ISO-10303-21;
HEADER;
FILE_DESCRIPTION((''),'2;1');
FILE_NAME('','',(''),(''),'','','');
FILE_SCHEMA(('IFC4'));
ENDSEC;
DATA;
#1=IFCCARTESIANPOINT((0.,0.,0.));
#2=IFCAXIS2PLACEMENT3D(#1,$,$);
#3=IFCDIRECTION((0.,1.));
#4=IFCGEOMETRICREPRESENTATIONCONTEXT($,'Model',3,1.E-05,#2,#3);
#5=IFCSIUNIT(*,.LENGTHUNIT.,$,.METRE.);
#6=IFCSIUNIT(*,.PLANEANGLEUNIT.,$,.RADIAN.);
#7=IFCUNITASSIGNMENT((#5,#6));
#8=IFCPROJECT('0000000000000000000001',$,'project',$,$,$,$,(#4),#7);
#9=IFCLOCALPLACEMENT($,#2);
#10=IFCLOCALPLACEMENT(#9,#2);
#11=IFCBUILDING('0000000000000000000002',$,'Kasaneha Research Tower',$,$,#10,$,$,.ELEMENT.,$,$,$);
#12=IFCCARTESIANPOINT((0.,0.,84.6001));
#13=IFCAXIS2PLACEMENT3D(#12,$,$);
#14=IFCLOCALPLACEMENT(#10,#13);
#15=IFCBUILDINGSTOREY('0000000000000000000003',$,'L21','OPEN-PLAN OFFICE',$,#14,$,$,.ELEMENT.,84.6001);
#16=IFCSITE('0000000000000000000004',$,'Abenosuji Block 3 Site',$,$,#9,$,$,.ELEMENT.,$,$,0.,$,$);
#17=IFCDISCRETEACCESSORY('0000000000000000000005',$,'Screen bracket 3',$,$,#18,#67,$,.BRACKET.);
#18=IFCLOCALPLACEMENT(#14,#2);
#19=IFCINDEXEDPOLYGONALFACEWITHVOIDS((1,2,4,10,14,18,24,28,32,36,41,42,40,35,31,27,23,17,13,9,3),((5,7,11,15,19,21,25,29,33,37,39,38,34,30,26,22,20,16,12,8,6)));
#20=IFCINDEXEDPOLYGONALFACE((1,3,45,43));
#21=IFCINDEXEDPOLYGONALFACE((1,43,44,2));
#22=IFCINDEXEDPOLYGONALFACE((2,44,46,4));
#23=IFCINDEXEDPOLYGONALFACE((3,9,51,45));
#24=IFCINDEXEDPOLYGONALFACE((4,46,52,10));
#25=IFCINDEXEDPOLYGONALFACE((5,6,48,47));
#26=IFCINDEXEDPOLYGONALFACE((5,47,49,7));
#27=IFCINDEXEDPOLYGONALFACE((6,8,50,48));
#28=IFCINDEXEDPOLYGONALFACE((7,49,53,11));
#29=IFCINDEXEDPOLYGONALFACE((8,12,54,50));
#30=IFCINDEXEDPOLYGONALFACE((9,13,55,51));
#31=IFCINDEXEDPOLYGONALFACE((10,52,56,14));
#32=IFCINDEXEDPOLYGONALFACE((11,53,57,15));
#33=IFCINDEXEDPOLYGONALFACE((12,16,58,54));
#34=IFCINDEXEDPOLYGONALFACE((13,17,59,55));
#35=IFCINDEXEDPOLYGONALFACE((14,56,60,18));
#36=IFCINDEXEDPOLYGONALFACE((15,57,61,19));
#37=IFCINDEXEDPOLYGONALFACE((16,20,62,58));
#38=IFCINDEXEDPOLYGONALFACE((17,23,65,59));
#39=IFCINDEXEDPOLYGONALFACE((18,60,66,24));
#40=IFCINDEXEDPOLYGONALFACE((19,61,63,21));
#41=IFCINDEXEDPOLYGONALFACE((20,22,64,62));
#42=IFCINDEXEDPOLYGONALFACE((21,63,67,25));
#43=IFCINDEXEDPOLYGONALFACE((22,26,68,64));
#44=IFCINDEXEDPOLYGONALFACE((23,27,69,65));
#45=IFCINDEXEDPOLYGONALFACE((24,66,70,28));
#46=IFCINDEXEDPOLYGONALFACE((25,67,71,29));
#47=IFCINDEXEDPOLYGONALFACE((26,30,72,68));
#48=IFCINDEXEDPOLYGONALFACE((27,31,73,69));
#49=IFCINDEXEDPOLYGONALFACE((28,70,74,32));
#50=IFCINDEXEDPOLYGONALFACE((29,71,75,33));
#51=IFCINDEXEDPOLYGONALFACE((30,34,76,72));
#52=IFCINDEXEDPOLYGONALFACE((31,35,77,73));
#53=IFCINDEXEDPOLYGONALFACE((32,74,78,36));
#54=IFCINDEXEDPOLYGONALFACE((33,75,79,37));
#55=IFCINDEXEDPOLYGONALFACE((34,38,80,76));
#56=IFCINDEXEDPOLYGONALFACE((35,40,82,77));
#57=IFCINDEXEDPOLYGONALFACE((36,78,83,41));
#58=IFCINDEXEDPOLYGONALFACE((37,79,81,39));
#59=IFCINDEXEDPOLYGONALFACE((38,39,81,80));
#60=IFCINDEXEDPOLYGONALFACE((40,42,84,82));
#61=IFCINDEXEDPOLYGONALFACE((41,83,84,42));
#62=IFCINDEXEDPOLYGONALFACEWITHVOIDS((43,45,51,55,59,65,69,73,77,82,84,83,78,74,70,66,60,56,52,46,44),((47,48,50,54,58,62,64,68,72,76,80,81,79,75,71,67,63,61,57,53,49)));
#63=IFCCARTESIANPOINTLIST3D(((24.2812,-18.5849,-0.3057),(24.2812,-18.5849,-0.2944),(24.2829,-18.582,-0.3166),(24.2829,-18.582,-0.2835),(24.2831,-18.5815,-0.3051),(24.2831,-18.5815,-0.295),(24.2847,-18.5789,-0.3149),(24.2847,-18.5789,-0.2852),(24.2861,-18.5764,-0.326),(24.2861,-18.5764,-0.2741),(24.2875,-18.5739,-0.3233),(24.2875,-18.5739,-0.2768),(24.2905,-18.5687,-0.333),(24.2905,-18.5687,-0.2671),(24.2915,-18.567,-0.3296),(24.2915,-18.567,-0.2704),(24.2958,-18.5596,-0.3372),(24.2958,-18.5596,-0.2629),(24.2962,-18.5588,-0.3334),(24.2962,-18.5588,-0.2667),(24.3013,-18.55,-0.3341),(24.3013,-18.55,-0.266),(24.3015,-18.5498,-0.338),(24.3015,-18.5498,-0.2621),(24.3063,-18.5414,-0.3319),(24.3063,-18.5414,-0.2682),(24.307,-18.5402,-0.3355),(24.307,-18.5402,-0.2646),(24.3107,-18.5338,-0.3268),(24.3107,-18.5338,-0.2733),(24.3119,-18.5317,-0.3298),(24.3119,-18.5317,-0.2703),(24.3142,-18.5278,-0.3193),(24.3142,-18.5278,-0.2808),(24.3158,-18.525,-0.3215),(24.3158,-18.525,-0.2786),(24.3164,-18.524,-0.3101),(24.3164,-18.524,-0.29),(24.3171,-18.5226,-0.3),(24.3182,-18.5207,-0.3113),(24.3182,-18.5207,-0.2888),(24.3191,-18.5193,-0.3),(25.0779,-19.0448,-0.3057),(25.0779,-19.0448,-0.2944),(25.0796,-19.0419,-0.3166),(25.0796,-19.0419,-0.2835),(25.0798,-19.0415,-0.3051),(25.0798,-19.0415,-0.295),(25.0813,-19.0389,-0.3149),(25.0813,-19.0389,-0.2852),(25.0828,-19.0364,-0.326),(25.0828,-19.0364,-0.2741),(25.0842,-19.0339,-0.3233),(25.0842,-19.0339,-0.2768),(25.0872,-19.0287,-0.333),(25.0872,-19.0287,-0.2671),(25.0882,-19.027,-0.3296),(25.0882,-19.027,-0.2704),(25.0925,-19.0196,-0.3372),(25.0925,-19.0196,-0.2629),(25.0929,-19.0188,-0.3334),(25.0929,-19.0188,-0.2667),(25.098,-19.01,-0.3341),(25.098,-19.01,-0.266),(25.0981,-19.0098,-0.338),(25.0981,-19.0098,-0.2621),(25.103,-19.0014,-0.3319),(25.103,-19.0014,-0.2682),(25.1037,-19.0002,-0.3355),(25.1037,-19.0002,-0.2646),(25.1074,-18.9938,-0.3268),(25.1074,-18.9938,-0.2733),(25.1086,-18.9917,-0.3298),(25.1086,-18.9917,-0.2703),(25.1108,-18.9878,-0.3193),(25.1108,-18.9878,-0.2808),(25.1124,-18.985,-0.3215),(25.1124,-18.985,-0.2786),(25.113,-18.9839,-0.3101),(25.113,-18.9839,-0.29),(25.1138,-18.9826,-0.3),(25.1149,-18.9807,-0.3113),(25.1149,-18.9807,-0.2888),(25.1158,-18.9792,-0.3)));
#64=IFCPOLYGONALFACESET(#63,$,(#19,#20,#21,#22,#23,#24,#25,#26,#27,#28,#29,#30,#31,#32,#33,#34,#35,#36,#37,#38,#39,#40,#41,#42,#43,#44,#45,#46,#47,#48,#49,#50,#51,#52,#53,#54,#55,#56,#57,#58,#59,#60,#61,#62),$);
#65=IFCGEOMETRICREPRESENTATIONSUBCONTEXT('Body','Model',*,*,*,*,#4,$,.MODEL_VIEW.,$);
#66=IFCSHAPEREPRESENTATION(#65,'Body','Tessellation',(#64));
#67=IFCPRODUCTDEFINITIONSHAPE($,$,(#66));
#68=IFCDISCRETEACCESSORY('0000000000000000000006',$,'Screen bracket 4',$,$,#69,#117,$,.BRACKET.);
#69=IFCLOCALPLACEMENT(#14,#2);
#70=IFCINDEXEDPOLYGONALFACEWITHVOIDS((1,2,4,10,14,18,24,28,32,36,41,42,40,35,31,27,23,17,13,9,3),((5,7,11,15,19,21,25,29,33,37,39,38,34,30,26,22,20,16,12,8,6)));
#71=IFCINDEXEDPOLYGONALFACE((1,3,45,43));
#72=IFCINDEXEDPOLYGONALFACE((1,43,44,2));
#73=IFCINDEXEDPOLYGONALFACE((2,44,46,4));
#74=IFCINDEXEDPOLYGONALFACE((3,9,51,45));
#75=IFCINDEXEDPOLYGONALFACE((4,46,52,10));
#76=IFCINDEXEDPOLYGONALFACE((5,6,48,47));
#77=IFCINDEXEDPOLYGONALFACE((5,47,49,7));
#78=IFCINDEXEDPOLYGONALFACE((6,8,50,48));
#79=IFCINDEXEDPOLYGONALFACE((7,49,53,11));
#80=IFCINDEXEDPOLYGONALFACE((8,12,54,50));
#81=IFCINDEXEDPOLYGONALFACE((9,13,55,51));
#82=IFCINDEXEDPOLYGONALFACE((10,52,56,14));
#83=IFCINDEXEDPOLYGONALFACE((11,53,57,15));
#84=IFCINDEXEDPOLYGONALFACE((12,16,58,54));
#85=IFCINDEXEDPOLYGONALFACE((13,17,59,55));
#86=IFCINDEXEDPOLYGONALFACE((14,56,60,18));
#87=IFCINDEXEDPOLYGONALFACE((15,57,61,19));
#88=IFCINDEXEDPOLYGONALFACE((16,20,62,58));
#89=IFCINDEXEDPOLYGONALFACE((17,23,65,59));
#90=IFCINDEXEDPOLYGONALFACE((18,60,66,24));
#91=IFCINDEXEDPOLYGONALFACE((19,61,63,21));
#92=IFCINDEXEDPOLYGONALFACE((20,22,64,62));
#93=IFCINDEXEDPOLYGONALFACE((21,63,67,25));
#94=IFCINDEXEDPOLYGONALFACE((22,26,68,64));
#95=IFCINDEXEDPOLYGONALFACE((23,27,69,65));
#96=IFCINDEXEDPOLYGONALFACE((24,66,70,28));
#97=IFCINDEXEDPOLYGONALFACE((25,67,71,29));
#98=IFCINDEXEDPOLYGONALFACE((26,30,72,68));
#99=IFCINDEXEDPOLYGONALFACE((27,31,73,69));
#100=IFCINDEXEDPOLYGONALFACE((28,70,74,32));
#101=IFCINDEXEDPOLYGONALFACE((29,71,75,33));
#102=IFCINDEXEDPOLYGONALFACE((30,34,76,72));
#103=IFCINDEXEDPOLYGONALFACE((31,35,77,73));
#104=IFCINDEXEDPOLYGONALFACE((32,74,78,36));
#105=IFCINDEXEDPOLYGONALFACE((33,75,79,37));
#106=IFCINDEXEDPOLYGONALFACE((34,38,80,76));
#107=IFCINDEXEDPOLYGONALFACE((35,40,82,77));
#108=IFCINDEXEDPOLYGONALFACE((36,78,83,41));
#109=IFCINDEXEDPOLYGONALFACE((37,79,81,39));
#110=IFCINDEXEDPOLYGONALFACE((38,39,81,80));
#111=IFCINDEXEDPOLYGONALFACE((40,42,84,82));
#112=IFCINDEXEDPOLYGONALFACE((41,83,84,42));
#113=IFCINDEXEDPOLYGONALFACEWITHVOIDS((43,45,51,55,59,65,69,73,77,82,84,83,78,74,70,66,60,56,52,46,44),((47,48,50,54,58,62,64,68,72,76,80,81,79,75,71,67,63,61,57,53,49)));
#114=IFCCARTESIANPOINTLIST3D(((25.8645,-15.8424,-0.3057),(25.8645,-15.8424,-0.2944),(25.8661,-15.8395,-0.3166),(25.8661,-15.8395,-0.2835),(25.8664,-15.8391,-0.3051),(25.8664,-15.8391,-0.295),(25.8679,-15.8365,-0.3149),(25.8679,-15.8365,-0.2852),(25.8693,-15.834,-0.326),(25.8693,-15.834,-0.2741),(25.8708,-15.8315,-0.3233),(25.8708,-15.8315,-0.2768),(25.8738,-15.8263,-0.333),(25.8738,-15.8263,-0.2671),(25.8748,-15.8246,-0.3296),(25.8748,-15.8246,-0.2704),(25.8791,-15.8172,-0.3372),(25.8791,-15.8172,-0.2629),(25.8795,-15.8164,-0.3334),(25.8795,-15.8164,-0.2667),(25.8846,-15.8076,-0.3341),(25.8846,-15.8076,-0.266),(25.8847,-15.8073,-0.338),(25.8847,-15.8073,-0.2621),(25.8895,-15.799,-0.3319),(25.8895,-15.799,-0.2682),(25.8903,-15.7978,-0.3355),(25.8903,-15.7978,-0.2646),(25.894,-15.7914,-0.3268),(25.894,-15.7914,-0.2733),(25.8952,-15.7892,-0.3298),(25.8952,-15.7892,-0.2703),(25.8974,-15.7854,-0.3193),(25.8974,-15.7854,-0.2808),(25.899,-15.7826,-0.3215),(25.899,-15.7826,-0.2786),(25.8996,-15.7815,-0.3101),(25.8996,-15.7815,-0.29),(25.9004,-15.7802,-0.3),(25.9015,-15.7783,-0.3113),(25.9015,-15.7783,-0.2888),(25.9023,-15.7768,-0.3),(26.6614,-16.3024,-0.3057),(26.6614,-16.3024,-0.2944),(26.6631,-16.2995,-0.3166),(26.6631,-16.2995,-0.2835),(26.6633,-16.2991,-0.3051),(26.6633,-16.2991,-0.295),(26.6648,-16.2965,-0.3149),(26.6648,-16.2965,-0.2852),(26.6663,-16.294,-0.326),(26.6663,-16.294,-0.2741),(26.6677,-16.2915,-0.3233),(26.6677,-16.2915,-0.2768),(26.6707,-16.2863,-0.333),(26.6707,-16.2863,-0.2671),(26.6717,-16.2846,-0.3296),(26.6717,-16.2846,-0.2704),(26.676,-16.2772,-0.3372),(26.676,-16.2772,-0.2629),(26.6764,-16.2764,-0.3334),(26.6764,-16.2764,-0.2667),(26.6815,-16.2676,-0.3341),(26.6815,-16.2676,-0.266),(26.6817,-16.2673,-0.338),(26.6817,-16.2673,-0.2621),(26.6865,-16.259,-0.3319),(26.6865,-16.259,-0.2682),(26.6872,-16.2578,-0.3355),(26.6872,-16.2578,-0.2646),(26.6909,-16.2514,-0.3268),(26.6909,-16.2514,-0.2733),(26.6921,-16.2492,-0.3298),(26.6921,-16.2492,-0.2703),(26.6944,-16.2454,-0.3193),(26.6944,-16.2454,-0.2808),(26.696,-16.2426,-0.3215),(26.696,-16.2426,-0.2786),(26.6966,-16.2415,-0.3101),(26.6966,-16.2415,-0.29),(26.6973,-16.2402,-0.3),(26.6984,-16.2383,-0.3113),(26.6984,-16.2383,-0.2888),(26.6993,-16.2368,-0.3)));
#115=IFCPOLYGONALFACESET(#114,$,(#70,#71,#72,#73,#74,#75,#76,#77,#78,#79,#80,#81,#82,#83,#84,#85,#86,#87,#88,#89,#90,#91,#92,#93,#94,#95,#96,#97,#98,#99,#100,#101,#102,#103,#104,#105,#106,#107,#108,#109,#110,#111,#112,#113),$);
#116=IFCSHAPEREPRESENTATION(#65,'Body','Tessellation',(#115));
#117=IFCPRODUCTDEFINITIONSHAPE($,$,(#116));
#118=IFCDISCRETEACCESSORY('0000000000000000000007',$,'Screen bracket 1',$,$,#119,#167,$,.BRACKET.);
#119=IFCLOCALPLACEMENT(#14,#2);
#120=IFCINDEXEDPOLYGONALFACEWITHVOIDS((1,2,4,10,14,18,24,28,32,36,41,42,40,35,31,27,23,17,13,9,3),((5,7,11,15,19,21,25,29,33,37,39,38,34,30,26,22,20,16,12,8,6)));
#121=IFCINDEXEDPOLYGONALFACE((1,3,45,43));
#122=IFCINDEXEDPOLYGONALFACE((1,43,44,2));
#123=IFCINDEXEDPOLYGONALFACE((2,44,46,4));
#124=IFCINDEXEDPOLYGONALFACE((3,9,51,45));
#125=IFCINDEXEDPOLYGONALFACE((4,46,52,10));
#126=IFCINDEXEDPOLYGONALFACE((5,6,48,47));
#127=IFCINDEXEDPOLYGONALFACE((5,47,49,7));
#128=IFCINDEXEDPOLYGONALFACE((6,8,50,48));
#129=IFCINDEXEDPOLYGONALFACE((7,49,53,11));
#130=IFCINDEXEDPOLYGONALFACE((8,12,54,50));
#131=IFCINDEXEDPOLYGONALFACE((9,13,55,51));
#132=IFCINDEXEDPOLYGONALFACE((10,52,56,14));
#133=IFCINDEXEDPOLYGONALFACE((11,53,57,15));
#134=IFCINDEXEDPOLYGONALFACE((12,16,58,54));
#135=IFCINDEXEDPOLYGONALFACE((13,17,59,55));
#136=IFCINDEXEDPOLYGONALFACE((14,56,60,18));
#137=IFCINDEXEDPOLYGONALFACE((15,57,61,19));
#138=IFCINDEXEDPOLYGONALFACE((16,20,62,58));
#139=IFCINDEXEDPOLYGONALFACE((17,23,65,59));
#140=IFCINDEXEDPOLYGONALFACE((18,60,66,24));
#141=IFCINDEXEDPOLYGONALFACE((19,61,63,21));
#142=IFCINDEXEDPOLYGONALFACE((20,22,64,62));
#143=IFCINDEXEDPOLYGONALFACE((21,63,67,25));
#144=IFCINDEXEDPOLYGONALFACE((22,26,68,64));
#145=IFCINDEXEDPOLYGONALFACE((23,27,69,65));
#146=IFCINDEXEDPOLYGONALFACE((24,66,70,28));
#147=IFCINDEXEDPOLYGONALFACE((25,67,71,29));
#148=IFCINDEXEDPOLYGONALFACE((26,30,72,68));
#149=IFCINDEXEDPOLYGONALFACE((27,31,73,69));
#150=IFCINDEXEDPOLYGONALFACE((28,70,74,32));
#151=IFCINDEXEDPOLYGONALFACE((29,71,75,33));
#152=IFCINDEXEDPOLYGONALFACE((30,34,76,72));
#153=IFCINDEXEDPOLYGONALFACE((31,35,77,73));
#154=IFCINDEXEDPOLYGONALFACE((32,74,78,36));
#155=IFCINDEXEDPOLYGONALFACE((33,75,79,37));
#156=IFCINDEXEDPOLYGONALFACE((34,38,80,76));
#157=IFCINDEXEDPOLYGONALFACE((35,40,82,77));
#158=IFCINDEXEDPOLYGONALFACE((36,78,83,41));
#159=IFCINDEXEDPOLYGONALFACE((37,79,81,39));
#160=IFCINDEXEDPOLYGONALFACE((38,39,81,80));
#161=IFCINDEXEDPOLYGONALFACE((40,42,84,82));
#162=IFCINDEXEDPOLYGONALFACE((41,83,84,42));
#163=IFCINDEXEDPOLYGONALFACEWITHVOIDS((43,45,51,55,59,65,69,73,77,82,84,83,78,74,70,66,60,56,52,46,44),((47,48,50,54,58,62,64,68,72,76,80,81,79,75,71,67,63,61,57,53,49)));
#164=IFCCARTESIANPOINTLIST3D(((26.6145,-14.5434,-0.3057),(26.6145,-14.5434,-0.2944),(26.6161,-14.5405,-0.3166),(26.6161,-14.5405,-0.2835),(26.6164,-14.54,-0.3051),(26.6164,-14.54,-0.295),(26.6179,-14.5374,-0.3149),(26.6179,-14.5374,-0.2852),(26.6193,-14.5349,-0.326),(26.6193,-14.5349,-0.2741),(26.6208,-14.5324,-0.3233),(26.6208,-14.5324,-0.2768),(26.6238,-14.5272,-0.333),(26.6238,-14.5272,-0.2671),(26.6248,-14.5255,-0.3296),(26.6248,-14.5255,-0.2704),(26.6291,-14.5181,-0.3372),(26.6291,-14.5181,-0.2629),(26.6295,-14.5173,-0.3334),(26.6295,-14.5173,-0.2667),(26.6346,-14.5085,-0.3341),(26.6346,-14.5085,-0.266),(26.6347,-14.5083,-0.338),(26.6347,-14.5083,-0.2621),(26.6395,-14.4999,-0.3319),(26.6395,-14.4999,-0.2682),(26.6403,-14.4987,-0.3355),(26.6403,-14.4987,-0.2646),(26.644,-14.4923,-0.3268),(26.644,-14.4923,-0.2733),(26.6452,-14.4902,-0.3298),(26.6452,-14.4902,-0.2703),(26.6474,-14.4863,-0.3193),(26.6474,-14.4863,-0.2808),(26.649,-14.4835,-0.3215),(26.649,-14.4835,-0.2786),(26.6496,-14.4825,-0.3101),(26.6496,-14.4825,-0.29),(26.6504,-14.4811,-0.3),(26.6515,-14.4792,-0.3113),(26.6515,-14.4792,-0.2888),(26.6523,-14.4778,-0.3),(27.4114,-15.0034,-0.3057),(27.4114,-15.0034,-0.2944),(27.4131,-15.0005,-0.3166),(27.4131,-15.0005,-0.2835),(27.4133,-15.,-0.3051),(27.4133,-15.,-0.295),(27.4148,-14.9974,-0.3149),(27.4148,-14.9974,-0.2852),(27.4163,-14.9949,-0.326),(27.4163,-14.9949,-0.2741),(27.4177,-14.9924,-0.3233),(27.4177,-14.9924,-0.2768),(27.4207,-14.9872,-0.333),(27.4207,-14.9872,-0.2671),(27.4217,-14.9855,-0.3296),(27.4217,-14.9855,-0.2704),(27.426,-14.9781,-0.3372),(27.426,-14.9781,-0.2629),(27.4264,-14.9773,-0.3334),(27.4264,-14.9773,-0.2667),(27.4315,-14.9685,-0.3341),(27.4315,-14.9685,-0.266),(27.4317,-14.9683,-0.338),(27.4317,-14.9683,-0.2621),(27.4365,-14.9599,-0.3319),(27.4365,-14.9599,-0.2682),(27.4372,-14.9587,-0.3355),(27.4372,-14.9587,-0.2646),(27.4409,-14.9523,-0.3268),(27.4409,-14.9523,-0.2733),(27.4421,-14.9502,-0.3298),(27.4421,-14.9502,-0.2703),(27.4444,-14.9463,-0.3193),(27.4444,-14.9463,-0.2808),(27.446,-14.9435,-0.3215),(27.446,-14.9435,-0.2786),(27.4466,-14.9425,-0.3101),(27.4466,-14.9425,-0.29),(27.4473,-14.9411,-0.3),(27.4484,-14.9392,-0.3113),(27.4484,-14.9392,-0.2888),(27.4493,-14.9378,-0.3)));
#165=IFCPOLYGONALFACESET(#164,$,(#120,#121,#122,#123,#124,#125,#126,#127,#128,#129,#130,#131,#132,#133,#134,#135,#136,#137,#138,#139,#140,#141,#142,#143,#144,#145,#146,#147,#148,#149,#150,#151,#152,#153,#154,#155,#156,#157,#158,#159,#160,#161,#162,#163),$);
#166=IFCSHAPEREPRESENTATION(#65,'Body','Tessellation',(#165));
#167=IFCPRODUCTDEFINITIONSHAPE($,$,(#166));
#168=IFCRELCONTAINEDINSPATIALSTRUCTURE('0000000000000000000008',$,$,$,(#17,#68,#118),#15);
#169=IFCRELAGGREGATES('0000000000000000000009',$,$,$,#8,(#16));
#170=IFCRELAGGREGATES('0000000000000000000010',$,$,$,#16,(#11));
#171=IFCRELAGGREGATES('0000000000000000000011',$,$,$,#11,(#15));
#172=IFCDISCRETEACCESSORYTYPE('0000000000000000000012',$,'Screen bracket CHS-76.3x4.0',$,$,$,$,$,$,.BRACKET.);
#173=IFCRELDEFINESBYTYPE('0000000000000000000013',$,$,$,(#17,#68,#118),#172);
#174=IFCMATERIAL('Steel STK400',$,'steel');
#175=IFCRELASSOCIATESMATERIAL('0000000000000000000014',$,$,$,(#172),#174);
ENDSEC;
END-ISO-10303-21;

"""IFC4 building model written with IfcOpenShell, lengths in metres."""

from ifc_helpers import new_model, si_unit, direction, frame, origin, origin_2d, place, context, subcontext, project, spatial, hollow_circle, extrude, material, material_profile, profile_set, type_object, element, save


model = new_model("IFC4")

# Units and contexts
model_context = context("Model", 3, precision=1e-05, world=origin(), true_north=direction((0.0, 1.0)))
body_context = subcontext(model_context, "Body", "Model", "MODEL_VIEW")
ifc_project = project(units=[si_unit("LENGTHUNIT", "METRE"), si_unit("PLANEANGLEUNIT", "RADIAN")], contexts=[model_context])

# Site, building, storey
site_placement = place(None, origin())
site = spatial("IfcSite", under=ifc_project, at=site_placement, Name="Abenosuji Block 3 Site", CompositionType="ELEMENT", RefElevation=0.0)
building_placement = place(site_placement, origin())
building = spatial("IfcBuilding", under=site, at=building_placement, Name="Kasaneha Research Tower", CompositionType="ELEMENT")
storey_placement = place(building_placement, frame((0.0, 0.0, 84.6001)))
storey = spatial("IfcBuildingStorey", under=building, at=storey_placement, Name="L21", Description="OPEN-PLAN OFFICE", CompositionType="ELEMENT", Elevation=84.6001)

# Discrete accessories
ifc_material_1 = material(Name="Steel STK400", Category="steel")
ifc_material_profile_1 = material_profile(ifc_material_1, hollow_circle(Radius=0.0381, WallThickness=0.0039, at=origin_2d()), Name="CHS-76.3x4.0")
ifc_profile_set_1 = profile_set([ifc_material_profile_1], Name="Steel STK400")
discrete_accessory_type = type_object("IfcDiscreteAccessoryType", Name="Screen bracket CHS-76.3x4.0", PredefinedType="BRACKET", material=ifc_profile_set_1)
discrete_accessory_1_placement = place(storey_placement, frame((24.3, -18.5522, -0.3), z_axis=(0.866013, -0.500021, 0.0), x_axis=(0.500021, 0.866013, 0.0)))
element("IfcDiscreteAccessory", 1, at=discrete_accessory_1_placement, inside=storey, type_object=discrete_accessory_type, Name="Screen bracket 3", PredefinedType="BRACKET", context=body_context, shape_type="SweptSolid", body=[
    extrude(hollow_circle(Radius=0.0381, WallThickness=0.0039, at=origin_2d()), origin(), (0.0, 0.0, 1.0), 0.9199),
])
for number, where, z_axis, x_axis, name in (
    (2, (25.8833, -15.8098, -0.3), (0.86608, -0.499906, 0.0), (0.499906, 0.86608, 0.0), "Screen bracket 4"),
    (3, (26.6333, -14.5107, -0.3), (0.86608, -0.499906, 0.0), (0.499906, 0.86608, 0.0), "Screen bracket 1"),
):
    element("IfcDiscreteAccessory", number, at=place(storey_placement, frame(where, z_axis=z_axis, x_axis=x_axis)), inside=storey, type_object=discrete_accessory_type, Name=name, PredefinedType="BRACKET", context=body_context, shape_type="SweptSolid", body=[
        extrude(hollow_circle(Radius=0.0381, WallThickness=0.0039, at=origin_2d()), origin(), (0.0, 0.0, 1.0), 0.9202),
    ])

save(model, "model.ifc")
